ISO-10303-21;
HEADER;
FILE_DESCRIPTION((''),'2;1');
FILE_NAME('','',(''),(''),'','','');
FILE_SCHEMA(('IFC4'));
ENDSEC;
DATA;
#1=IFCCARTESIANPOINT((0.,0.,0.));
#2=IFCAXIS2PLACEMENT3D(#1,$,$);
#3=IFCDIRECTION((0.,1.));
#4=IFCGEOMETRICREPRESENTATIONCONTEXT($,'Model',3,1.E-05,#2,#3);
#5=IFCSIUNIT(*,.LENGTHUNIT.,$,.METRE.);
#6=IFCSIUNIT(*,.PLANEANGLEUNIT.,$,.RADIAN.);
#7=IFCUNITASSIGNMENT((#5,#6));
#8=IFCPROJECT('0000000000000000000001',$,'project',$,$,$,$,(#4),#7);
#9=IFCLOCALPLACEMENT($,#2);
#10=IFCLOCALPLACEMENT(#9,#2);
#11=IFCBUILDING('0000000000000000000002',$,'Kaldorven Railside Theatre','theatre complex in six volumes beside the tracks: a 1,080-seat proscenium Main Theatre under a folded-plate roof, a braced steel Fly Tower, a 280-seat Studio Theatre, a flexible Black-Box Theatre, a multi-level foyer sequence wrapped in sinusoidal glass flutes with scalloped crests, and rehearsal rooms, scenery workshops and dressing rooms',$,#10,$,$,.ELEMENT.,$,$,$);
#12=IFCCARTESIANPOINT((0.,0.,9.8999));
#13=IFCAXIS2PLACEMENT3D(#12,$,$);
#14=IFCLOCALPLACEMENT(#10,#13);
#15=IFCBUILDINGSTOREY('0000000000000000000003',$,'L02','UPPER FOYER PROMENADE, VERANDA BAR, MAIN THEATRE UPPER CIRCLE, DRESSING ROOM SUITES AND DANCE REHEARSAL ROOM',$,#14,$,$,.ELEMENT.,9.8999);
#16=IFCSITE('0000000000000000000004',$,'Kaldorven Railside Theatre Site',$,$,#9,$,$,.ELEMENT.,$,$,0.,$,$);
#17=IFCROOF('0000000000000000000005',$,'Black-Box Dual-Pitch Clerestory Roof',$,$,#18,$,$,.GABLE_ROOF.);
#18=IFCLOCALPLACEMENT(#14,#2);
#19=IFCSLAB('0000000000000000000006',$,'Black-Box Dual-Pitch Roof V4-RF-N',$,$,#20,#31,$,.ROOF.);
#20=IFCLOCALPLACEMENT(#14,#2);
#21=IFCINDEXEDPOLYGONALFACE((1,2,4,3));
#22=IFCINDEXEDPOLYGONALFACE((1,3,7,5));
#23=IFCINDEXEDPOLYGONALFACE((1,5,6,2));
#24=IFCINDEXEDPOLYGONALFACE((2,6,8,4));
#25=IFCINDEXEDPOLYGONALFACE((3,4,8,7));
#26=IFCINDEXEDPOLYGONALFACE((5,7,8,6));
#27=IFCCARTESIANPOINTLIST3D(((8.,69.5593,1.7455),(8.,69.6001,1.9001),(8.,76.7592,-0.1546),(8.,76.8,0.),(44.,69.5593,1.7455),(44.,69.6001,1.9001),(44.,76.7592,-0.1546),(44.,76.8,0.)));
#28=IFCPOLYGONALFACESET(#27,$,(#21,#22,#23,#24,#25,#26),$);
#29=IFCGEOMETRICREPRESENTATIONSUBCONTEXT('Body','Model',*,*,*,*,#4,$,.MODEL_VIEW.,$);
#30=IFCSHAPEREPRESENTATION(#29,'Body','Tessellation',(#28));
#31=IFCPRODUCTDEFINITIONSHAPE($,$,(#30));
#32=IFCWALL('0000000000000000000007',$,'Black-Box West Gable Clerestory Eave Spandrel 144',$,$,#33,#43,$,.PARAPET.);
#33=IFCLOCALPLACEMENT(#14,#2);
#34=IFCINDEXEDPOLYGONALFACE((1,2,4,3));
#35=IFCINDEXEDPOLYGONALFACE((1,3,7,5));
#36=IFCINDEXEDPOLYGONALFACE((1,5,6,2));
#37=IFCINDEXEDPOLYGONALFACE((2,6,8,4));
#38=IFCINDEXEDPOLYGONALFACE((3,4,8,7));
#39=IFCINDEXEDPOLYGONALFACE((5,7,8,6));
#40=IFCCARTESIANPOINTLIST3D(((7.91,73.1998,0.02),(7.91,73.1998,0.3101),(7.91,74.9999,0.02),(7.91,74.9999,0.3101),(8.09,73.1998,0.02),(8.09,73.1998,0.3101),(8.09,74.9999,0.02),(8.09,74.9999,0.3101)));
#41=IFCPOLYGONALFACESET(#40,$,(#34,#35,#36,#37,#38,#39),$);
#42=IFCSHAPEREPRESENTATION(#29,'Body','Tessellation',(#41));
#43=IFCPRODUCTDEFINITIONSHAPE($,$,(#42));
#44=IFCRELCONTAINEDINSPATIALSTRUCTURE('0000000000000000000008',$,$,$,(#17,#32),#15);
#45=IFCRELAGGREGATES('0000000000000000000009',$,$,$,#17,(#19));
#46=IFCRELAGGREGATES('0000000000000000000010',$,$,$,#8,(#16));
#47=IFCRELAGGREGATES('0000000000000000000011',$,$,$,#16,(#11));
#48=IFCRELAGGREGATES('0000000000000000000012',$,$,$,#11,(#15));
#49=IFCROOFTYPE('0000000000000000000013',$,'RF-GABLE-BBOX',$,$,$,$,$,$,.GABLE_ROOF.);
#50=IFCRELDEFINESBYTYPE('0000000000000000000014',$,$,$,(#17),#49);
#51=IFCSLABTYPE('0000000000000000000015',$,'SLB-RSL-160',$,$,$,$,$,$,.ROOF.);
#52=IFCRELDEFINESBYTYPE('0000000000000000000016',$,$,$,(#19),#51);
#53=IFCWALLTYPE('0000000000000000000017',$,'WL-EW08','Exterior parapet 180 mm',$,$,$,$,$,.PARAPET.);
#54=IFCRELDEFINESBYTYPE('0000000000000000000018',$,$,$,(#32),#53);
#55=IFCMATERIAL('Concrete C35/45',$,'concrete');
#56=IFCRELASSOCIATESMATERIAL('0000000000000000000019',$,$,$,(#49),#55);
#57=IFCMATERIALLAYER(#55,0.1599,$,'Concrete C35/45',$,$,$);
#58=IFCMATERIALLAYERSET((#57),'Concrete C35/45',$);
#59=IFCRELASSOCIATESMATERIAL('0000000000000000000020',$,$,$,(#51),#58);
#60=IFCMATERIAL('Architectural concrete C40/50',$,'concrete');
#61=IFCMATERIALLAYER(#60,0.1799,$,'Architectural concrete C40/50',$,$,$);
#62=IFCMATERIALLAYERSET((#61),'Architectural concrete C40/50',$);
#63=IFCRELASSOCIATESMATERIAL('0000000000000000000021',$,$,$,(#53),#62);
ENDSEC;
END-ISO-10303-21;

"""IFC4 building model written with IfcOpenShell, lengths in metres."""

from ifc_helpers import new_model, si_unit, direction, frame, frame_2d, origin, place, context, subcontext, project, spatial, polyline, rectangle, outline, extrude, material, layer, layer_set, type_object, element, aggregate, save


model = new_model("IFC4")

# Units and contexts
model_context = context("Model", 3, precision=1e-05, world=origin(), true_north=direction((0.0, 1.0)))
body_context = subcontext(model_context, "Body", "Model", "MODEL_VIEW")
ifc_project = project(units=[si_unit("LENGTHUNIT", "METRE"), si_unit("PLANEANGLEUNIT", "RADIAN")], contexts=[model_context])

# Site, building, storey
site_placement = place(None, origin())
site = spatial("IfcSite", under=ifc_project, at=site_placement, Name="Kaldorven Railside Theatre Site", CompositionType="ELEMENT", RefElevation=0.0)
building_placement = place(site_placement, origin())
building = spatial("IfcBuilding", under=site, at=building_placement, Name="Kaldorven Railside Theatre", Description="theatre complex in six volumes beside the tracks: a 1,080-seat proscenium Main Theatre under a folded-plate roof, a braced steel Fly Tower, a 280-seat Studio Theatre, a flexible Black-Box Theatre, a multi-level foyer sequence wrapped in sinusoidal glass flutes with scalloped crests, and rehearsal rooms, scenery workshops and dressing rooms", CompositionType="ELEMENT")
storey_placement = place(building_placement, frame((0.0, 0.0, 9.8999)))
storey = spatial("IfcBuildingStorey", under=building, at=storey_placement, Name="L02", Description="UPPER FOYER PROMENADE, VERANDA BAR, MAIN THEATRE UPPER CIRCLE, DRESSING ROOM SUITES AND DANCE REHEARSAL ROOM", CompositionType="ELEMENT", Elevation=9.8999)

# Roof, slab
ifc_material_1 = material(Name="Concrete C35/45", Category="concrete")
roof_type = type_object("IfcRoofType", Name="RF-GABLE-BBOX", PredefinedType="GABLE_ROOF", material=ifc_material_1)
roof_placement = place(storey_placement, origin())
roof = element("IfcRoof", 1, at=roof_placement, inside=storey, type_object=roof_type, Name="Black-Box Dual-Pitch Clerestory Roof", PredefinedType="GABLE_ROOF")
ifc_layer_1 = layer(ifc_material_1, 0.1599, Name="Concrete C35/45")
ifc_layer_set_1 = layer_set([ifc_layer_1], Name="Concrete C35/45")
slab_type = type_object("IfcSlabType", Name="SLB-RSL-160", PredefinedType="ROOF", material=ifc_layer_set_1)
slab_placement = place(storey_placement, frame((8.0, 69.6001, 1.9001), z_axis=(0.0, 0.255174, 0.966895), x_axis=(1.0, 0.0, 0.0)))
slab = element("IfcSlab", 2, at=slab_placement, type_object=slab_type, Name="Black-Box Dual-Pitch Roof V4-RF-N", PredefinedType="ROOF", context=body_context, shape_type="SweptSolid", body=[
    extrude(outline(polyline([(0.0, 0.0), (36.0, 0.0), (36.0, 7.4465), (0.0, 7.4465), (0.0, 0.0)])), origin(), (0.0, 0.0, -1.0), 0.1599),
])
aggregate(roof, [slab])

# Wall
ifc_material_2 = material(Name="Architectural concrete C40/50", Category="concrete")
ifc_layer_2 = layer(ifc_material_2, 0.1799, Name="Architectural concrete C40/50")
ifc_layer_set_2 = layer_set([ifc_layer_2], Name="Architectural concrete C40/50")
wall_type = type_object("IfcWallType", Name="WL-EW08", Description="Exterior parapet 180 mm", PredefinedType="PARAPET", material=ifc_layer_set_2)
wall_placement = place(storey_placement, frame((8.0, 73.2, 0.02), z_axis=(0.0, 0.0, 1.0), x_axis=(0.0, 1.0, 0.0)))
element("IfcWall", 3, at=wall_placement, inside=storey, type_object=wall_type, Name="Black-Box West Gable Clerestory Eave Spandrel 144", PredefinedType="PARAPET", context=body_context, shape_type="SweptSolid", body=[
    extrude(rectangle(XDim=1.8, YDim=0.1799, at=frame_2d((0.8999, 0.0))), origin(), (0.0, 0.0, 1.0), 0.29),
])

save(model, "model.ifc")
